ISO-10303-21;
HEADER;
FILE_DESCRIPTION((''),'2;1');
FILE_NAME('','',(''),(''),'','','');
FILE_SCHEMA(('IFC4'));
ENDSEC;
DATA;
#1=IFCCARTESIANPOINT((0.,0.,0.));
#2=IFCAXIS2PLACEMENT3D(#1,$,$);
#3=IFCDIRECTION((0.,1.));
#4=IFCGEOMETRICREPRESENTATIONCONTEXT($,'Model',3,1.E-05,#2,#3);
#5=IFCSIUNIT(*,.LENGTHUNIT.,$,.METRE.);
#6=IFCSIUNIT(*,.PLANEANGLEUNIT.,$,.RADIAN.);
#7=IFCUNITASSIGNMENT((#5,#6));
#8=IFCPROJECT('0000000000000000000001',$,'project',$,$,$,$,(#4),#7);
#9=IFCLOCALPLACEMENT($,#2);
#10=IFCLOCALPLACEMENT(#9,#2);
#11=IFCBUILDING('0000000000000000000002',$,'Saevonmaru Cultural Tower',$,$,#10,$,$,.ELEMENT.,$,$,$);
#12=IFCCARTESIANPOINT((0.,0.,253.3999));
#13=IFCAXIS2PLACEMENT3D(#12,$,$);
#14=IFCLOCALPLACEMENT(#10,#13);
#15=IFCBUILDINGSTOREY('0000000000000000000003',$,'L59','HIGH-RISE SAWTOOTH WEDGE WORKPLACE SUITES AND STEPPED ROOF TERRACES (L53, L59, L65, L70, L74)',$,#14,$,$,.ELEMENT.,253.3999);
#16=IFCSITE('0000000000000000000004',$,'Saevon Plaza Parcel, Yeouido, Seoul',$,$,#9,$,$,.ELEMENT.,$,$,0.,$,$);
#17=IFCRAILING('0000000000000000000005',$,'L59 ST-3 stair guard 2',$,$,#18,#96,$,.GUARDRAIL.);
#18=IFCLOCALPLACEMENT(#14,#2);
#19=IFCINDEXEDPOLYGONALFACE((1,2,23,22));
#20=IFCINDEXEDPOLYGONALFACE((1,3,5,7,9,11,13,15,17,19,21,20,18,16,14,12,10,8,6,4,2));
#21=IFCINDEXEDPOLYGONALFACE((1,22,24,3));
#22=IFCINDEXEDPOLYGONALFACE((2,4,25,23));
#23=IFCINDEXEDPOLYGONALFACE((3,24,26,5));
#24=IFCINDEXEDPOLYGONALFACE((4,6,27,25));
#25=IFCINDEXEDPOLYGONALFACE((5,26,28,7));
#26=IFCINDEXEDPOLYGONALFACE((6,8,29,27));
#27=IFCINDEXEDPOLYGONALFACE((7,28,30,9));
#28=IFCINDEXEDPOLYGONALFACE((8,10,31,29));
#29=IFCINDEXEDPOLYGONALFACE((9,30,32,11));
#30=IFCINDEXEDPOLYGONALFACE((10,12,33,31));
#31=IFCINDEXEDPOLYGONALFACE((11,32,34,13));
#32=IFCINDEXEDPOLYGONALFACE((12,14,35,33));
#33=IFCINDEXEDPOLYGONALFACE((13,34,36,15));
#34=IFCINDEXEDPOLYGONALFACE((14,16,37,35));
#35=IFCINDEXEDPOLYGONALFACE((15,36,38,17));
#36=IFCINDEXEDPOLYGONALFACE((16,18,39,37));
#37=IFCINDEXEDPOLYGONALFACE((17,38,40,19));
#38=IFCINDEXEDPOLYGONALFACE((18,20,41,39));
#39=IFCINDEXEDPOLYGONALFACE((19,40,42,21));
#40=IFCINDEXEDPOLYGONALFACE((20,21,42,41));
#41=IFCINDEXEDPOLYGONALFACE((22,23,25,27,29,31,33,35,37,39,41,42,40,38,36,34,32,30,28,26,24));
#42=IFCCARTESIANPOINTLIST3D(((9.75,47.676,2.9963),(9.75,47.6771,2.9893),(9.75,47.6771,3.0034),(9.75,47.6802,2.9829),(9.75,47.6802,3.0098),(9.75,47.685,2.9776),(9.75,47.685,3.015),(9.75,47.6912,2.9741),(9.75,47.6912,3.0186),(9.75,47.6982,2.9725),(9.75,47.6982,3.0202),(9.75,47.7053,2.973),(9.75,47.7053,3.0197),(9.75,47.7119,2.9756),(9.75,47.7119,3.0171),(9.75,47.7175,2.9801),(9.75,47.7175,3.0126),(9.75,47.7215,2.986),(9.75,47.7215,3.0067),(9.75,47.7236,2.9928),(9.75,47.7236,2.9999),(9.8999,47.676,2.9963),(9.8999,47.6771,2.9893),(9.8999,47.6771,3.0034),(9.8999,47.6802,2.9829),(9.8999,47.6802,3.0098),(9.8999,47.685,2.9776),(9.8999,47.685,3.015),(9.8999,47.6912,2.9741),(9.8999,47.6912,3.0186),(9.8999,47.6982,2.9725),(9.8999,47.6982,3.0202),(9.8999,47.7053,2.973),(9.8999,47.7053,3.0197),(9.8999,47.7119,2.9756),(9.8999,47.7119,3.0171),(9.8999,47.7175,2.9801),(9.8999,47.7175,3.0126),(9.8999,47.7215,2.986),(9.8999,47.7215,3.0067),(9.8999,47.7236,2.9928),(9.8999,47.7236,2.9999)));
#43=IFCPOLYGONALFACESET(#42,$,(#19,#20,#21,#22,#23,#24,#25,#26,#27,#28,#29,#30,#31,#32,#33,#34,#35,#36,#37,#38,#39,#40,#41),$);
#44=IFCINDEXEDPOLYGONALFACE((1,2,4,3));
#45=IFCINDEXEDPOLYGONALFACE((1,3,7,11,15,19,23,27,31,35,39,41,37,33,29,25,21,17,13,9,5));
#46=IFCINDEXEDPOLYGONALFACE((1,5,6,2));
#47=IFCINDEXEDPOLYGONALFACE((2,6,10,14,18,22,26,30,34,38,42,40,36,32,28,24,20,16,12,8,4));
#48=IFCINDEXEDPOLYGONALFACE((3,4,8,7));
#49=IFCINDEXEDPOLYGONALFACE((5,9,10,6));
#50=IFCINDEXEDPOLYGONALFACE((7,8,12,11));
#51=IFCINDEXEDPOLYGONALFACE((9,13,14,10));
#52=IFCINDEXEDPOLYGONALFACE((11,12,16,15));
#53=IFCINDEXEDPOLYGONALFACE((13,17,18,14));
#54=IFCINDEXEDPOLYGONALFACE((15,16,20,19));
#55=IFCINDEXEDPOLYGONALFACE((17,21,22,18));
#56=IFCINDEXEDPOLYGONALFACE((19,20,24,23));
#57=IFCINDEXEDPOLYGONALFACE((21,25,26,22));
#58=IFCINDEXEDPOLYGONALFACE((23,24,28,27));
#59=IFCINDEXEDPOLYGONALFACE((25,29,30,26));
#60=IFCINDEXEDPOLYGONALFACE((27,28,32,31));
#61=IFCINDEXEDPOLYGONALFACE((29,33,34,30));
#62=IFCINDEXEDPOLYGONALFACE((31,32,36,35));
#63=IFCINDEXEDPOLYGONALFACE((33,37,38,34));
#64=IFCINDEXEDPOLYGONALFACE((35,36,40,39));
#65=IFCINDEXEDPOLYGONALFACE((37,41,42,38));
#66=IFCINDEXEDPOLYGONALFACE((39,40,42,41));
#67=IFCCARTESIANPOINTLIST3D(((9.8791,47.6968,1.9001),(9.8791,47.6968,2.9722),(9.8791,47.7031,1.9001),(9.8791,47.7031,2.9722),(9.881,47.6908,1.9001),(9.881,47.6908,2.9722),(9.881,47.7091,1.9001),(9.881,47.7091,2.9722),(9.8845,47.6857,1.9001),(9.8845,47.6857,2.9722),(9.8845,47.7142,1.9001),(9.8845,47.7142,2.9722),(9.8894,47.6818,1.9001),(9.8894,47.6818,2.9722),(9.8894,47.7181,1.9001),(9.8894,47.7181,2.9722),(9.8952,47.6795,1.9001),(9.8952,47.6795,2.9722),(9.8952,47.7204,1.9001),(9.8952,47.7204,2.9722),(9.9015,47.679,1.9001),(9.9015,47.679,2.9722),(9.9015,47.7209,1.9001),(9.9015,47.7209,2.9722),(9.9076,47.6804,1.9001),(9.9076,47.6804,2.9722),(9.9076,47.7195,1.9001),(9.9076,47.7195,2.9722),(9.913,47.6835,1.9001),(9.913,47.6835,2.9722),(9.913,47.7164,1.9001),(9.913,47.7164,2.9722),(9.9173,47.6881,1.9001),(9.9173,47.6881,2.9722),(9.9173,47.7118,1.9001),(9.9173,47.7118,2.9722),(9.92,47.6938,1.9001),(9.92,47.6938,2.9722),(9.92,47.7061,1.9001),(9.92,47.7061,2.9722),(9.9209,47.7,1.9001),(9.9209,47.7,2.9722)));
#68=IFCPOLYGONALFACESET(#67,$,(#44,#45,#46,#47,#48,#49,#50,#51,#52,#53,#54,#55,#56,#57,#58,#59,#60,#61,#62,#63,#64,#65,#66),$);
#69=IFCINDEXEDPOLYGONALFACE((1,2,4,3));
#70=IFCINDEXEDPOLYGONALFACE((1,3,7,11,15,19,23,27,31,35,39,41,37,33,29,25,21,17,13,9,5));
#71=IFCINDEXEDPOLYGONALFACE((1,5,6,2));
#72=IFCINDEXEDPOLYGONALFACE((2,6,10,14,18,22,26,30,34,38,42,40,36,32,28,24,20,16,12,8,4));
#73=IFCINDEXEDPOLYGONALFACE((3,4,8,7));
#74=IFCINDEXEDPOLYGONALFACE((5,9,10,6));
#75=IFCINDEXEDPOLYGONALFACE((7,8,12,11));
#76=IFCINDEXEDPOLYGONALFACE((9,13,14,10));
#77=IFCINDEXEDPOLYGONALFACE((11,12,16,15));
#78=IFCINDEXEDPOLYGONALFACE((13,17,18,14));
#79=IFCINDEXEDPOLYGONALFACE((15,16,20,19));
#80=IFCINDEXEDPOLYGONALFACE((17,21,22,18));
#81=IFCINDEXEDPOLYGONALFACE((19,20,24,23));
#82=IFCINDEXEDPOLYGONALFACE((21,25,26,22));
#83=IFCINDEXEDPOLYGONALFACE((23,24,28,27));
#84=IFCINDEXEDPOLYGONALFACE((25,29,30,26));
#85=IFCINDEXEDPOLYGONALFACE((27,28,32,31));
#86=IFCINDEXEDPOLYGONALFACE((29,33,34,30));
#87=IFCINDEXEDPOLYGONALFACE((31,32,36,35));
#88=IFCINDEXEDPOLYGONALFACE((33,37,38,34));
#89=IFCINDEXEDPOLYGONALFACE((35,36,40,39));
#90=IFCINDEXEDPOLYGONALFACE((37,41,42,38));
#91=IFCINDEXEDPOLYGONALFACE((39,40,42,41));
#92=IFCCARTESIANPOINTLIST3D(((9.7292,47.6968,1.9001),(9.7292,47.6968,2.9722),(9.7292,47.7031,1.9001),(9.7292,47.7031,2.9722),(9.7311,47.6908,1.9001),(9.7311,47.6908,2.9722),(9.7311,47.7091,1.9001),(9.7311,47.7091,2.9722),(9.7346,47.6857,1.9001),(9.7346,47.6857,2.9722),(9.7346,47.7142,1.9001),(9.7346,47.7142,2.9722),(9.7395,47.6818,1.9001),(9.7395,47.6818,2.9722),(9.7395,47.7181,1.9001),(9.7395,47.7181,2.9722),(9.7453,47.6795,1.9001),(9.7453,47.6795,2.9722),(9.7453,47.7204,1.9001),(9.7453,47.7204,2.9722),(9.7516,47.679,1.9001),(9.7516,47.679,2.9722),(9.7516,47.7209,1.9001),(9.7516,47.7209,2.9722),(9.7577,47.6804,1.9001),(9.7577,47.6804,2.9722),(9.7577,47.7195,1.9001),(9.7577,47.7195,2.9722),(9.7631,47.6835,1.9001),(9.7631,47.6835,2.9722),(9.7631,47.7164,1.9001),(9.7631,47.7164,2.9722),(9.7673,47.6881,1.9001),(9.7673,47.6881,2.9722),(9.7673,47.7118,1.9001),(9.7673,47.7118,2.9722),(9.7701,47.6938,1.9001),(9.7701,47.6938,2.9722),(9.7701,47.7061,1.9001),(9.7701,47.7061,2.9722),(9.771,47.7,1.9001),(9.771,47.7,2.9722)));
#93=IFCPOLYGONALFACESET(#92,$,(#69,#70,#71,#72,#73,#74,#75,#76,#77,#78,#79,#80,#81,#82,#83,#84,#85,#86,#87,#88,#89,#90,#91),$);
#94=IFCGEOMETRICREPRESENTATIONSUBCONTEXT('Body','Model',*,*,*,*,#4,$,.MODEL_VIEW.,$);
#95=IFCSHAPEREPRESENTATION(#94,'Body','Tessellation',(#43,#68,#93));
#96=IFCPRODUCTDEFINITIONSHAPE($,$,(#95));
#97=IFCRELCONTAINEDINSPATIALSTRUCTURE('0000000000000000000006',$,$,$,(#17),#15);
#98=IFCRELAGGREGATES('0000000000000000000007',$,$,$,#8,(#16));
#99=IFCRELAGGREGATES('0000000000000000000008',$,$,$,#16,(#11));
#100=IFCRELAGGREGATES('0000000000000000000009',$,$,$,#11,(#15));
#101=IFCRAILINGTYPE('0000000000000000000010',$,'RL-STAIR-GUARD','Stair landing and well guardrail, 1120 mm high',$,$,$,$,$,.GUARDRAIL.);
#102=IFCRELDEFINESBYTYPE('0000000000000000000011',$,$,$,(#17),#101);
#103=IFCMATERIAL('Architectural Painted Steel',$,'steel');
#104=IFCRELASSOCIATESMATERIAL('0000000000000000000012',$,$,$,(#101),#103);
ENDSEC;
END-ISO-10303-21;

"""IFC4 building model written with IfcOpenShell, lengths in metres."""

from ifc_helpers import new_model, si_unit, direction, frame, origin, origin_2d, place, context, subcontext, project, spatial, circle, extrude, material, type_object, element, save


model = new_model("IFC4")

# Units and contexts
model_context = context("Model", 3, precision=1e-05, world=origin(), true_north=direction((0.0, 1.0)))
body_context = subcontext(model_context, "Body", "Model", "MODEL_VIEW")
ifc_project = project(units=[si_unit("LENGTHUNIT", "METRE"), si_unit("PLANEANGLEUNIT", "RADIAN")], contexts=[model_context])

# Site, building, storey
site_placement = place(None, origin())
site = spatial("IfcSite", under=ifc_project, at=site_placement, Name="Saevon Plaza Parcel, Yeouido, Seoul", CompositionType="ELEMENT", RefElevation=0.0)
building_placement = place(site_placement, origin())
building = spatial("IfcBuilding", under=site, at=building_placement, Name="Saevonmaru Cultural Tower", CompositionType="ELEMENT")
storey_placement = place(building_placement, frame((0.0, 0.0, 253.3999)))
storey = spatial("IfcBuildingStorey", under=building, at=storey_placement, Name="L59", Description="HIGH-RISE SAWTOOTH WEDGE WORKPLACE SUITES AND STEPPED ROOF TERRACES (L53, L59, L65, L70, L74)", CompositionType="ELEMENT", Elevation=253.3999)

# Railing
ifc_material_1 = material(Name="Architectural Painted Steel", Category="steel")
railing_type_1 = type_object("IfcRailingType", Name="RL-STAIR-GUARD", Description="Stair landing and well guardrail, 1120 mm high", PredefinedType="GUARDRAIL", material=ifc_material_1)
railing_1_placement = place(storey_placement, frame((9.8999, 47.7, 1.9001)))
element("IfcRailing", 1, at=railing_1_placement, inside=storey, type_object=railing_type_1, Name="L59 ST-3 stair guard 2", PredefinedType="GUARDRAIL", context=body_context, shape_type="SweptSolid", body=[
    extrude(circle(Radius=0.0239, at=origin_2d()), frame((0.0, 0.0, 1.0962), z_axis=(-1.0, 0.0, 0.0), x_axis=(0.0, -1.0, 0.0)), (0.0, 0.0, 1.0), 0.1499),
    extrude(circle(Radius=0.021, at=origin_2d()), origin(), (0.0, 0.0, 1.0), 1.072),
    extrude(circle(Radius=0.021, at=origin_2d()), frame((-0.1499, 0.0, 0.0)), (0.0, 0.0, 1.0), 1.072),
])

save(model, "model.ifc")
